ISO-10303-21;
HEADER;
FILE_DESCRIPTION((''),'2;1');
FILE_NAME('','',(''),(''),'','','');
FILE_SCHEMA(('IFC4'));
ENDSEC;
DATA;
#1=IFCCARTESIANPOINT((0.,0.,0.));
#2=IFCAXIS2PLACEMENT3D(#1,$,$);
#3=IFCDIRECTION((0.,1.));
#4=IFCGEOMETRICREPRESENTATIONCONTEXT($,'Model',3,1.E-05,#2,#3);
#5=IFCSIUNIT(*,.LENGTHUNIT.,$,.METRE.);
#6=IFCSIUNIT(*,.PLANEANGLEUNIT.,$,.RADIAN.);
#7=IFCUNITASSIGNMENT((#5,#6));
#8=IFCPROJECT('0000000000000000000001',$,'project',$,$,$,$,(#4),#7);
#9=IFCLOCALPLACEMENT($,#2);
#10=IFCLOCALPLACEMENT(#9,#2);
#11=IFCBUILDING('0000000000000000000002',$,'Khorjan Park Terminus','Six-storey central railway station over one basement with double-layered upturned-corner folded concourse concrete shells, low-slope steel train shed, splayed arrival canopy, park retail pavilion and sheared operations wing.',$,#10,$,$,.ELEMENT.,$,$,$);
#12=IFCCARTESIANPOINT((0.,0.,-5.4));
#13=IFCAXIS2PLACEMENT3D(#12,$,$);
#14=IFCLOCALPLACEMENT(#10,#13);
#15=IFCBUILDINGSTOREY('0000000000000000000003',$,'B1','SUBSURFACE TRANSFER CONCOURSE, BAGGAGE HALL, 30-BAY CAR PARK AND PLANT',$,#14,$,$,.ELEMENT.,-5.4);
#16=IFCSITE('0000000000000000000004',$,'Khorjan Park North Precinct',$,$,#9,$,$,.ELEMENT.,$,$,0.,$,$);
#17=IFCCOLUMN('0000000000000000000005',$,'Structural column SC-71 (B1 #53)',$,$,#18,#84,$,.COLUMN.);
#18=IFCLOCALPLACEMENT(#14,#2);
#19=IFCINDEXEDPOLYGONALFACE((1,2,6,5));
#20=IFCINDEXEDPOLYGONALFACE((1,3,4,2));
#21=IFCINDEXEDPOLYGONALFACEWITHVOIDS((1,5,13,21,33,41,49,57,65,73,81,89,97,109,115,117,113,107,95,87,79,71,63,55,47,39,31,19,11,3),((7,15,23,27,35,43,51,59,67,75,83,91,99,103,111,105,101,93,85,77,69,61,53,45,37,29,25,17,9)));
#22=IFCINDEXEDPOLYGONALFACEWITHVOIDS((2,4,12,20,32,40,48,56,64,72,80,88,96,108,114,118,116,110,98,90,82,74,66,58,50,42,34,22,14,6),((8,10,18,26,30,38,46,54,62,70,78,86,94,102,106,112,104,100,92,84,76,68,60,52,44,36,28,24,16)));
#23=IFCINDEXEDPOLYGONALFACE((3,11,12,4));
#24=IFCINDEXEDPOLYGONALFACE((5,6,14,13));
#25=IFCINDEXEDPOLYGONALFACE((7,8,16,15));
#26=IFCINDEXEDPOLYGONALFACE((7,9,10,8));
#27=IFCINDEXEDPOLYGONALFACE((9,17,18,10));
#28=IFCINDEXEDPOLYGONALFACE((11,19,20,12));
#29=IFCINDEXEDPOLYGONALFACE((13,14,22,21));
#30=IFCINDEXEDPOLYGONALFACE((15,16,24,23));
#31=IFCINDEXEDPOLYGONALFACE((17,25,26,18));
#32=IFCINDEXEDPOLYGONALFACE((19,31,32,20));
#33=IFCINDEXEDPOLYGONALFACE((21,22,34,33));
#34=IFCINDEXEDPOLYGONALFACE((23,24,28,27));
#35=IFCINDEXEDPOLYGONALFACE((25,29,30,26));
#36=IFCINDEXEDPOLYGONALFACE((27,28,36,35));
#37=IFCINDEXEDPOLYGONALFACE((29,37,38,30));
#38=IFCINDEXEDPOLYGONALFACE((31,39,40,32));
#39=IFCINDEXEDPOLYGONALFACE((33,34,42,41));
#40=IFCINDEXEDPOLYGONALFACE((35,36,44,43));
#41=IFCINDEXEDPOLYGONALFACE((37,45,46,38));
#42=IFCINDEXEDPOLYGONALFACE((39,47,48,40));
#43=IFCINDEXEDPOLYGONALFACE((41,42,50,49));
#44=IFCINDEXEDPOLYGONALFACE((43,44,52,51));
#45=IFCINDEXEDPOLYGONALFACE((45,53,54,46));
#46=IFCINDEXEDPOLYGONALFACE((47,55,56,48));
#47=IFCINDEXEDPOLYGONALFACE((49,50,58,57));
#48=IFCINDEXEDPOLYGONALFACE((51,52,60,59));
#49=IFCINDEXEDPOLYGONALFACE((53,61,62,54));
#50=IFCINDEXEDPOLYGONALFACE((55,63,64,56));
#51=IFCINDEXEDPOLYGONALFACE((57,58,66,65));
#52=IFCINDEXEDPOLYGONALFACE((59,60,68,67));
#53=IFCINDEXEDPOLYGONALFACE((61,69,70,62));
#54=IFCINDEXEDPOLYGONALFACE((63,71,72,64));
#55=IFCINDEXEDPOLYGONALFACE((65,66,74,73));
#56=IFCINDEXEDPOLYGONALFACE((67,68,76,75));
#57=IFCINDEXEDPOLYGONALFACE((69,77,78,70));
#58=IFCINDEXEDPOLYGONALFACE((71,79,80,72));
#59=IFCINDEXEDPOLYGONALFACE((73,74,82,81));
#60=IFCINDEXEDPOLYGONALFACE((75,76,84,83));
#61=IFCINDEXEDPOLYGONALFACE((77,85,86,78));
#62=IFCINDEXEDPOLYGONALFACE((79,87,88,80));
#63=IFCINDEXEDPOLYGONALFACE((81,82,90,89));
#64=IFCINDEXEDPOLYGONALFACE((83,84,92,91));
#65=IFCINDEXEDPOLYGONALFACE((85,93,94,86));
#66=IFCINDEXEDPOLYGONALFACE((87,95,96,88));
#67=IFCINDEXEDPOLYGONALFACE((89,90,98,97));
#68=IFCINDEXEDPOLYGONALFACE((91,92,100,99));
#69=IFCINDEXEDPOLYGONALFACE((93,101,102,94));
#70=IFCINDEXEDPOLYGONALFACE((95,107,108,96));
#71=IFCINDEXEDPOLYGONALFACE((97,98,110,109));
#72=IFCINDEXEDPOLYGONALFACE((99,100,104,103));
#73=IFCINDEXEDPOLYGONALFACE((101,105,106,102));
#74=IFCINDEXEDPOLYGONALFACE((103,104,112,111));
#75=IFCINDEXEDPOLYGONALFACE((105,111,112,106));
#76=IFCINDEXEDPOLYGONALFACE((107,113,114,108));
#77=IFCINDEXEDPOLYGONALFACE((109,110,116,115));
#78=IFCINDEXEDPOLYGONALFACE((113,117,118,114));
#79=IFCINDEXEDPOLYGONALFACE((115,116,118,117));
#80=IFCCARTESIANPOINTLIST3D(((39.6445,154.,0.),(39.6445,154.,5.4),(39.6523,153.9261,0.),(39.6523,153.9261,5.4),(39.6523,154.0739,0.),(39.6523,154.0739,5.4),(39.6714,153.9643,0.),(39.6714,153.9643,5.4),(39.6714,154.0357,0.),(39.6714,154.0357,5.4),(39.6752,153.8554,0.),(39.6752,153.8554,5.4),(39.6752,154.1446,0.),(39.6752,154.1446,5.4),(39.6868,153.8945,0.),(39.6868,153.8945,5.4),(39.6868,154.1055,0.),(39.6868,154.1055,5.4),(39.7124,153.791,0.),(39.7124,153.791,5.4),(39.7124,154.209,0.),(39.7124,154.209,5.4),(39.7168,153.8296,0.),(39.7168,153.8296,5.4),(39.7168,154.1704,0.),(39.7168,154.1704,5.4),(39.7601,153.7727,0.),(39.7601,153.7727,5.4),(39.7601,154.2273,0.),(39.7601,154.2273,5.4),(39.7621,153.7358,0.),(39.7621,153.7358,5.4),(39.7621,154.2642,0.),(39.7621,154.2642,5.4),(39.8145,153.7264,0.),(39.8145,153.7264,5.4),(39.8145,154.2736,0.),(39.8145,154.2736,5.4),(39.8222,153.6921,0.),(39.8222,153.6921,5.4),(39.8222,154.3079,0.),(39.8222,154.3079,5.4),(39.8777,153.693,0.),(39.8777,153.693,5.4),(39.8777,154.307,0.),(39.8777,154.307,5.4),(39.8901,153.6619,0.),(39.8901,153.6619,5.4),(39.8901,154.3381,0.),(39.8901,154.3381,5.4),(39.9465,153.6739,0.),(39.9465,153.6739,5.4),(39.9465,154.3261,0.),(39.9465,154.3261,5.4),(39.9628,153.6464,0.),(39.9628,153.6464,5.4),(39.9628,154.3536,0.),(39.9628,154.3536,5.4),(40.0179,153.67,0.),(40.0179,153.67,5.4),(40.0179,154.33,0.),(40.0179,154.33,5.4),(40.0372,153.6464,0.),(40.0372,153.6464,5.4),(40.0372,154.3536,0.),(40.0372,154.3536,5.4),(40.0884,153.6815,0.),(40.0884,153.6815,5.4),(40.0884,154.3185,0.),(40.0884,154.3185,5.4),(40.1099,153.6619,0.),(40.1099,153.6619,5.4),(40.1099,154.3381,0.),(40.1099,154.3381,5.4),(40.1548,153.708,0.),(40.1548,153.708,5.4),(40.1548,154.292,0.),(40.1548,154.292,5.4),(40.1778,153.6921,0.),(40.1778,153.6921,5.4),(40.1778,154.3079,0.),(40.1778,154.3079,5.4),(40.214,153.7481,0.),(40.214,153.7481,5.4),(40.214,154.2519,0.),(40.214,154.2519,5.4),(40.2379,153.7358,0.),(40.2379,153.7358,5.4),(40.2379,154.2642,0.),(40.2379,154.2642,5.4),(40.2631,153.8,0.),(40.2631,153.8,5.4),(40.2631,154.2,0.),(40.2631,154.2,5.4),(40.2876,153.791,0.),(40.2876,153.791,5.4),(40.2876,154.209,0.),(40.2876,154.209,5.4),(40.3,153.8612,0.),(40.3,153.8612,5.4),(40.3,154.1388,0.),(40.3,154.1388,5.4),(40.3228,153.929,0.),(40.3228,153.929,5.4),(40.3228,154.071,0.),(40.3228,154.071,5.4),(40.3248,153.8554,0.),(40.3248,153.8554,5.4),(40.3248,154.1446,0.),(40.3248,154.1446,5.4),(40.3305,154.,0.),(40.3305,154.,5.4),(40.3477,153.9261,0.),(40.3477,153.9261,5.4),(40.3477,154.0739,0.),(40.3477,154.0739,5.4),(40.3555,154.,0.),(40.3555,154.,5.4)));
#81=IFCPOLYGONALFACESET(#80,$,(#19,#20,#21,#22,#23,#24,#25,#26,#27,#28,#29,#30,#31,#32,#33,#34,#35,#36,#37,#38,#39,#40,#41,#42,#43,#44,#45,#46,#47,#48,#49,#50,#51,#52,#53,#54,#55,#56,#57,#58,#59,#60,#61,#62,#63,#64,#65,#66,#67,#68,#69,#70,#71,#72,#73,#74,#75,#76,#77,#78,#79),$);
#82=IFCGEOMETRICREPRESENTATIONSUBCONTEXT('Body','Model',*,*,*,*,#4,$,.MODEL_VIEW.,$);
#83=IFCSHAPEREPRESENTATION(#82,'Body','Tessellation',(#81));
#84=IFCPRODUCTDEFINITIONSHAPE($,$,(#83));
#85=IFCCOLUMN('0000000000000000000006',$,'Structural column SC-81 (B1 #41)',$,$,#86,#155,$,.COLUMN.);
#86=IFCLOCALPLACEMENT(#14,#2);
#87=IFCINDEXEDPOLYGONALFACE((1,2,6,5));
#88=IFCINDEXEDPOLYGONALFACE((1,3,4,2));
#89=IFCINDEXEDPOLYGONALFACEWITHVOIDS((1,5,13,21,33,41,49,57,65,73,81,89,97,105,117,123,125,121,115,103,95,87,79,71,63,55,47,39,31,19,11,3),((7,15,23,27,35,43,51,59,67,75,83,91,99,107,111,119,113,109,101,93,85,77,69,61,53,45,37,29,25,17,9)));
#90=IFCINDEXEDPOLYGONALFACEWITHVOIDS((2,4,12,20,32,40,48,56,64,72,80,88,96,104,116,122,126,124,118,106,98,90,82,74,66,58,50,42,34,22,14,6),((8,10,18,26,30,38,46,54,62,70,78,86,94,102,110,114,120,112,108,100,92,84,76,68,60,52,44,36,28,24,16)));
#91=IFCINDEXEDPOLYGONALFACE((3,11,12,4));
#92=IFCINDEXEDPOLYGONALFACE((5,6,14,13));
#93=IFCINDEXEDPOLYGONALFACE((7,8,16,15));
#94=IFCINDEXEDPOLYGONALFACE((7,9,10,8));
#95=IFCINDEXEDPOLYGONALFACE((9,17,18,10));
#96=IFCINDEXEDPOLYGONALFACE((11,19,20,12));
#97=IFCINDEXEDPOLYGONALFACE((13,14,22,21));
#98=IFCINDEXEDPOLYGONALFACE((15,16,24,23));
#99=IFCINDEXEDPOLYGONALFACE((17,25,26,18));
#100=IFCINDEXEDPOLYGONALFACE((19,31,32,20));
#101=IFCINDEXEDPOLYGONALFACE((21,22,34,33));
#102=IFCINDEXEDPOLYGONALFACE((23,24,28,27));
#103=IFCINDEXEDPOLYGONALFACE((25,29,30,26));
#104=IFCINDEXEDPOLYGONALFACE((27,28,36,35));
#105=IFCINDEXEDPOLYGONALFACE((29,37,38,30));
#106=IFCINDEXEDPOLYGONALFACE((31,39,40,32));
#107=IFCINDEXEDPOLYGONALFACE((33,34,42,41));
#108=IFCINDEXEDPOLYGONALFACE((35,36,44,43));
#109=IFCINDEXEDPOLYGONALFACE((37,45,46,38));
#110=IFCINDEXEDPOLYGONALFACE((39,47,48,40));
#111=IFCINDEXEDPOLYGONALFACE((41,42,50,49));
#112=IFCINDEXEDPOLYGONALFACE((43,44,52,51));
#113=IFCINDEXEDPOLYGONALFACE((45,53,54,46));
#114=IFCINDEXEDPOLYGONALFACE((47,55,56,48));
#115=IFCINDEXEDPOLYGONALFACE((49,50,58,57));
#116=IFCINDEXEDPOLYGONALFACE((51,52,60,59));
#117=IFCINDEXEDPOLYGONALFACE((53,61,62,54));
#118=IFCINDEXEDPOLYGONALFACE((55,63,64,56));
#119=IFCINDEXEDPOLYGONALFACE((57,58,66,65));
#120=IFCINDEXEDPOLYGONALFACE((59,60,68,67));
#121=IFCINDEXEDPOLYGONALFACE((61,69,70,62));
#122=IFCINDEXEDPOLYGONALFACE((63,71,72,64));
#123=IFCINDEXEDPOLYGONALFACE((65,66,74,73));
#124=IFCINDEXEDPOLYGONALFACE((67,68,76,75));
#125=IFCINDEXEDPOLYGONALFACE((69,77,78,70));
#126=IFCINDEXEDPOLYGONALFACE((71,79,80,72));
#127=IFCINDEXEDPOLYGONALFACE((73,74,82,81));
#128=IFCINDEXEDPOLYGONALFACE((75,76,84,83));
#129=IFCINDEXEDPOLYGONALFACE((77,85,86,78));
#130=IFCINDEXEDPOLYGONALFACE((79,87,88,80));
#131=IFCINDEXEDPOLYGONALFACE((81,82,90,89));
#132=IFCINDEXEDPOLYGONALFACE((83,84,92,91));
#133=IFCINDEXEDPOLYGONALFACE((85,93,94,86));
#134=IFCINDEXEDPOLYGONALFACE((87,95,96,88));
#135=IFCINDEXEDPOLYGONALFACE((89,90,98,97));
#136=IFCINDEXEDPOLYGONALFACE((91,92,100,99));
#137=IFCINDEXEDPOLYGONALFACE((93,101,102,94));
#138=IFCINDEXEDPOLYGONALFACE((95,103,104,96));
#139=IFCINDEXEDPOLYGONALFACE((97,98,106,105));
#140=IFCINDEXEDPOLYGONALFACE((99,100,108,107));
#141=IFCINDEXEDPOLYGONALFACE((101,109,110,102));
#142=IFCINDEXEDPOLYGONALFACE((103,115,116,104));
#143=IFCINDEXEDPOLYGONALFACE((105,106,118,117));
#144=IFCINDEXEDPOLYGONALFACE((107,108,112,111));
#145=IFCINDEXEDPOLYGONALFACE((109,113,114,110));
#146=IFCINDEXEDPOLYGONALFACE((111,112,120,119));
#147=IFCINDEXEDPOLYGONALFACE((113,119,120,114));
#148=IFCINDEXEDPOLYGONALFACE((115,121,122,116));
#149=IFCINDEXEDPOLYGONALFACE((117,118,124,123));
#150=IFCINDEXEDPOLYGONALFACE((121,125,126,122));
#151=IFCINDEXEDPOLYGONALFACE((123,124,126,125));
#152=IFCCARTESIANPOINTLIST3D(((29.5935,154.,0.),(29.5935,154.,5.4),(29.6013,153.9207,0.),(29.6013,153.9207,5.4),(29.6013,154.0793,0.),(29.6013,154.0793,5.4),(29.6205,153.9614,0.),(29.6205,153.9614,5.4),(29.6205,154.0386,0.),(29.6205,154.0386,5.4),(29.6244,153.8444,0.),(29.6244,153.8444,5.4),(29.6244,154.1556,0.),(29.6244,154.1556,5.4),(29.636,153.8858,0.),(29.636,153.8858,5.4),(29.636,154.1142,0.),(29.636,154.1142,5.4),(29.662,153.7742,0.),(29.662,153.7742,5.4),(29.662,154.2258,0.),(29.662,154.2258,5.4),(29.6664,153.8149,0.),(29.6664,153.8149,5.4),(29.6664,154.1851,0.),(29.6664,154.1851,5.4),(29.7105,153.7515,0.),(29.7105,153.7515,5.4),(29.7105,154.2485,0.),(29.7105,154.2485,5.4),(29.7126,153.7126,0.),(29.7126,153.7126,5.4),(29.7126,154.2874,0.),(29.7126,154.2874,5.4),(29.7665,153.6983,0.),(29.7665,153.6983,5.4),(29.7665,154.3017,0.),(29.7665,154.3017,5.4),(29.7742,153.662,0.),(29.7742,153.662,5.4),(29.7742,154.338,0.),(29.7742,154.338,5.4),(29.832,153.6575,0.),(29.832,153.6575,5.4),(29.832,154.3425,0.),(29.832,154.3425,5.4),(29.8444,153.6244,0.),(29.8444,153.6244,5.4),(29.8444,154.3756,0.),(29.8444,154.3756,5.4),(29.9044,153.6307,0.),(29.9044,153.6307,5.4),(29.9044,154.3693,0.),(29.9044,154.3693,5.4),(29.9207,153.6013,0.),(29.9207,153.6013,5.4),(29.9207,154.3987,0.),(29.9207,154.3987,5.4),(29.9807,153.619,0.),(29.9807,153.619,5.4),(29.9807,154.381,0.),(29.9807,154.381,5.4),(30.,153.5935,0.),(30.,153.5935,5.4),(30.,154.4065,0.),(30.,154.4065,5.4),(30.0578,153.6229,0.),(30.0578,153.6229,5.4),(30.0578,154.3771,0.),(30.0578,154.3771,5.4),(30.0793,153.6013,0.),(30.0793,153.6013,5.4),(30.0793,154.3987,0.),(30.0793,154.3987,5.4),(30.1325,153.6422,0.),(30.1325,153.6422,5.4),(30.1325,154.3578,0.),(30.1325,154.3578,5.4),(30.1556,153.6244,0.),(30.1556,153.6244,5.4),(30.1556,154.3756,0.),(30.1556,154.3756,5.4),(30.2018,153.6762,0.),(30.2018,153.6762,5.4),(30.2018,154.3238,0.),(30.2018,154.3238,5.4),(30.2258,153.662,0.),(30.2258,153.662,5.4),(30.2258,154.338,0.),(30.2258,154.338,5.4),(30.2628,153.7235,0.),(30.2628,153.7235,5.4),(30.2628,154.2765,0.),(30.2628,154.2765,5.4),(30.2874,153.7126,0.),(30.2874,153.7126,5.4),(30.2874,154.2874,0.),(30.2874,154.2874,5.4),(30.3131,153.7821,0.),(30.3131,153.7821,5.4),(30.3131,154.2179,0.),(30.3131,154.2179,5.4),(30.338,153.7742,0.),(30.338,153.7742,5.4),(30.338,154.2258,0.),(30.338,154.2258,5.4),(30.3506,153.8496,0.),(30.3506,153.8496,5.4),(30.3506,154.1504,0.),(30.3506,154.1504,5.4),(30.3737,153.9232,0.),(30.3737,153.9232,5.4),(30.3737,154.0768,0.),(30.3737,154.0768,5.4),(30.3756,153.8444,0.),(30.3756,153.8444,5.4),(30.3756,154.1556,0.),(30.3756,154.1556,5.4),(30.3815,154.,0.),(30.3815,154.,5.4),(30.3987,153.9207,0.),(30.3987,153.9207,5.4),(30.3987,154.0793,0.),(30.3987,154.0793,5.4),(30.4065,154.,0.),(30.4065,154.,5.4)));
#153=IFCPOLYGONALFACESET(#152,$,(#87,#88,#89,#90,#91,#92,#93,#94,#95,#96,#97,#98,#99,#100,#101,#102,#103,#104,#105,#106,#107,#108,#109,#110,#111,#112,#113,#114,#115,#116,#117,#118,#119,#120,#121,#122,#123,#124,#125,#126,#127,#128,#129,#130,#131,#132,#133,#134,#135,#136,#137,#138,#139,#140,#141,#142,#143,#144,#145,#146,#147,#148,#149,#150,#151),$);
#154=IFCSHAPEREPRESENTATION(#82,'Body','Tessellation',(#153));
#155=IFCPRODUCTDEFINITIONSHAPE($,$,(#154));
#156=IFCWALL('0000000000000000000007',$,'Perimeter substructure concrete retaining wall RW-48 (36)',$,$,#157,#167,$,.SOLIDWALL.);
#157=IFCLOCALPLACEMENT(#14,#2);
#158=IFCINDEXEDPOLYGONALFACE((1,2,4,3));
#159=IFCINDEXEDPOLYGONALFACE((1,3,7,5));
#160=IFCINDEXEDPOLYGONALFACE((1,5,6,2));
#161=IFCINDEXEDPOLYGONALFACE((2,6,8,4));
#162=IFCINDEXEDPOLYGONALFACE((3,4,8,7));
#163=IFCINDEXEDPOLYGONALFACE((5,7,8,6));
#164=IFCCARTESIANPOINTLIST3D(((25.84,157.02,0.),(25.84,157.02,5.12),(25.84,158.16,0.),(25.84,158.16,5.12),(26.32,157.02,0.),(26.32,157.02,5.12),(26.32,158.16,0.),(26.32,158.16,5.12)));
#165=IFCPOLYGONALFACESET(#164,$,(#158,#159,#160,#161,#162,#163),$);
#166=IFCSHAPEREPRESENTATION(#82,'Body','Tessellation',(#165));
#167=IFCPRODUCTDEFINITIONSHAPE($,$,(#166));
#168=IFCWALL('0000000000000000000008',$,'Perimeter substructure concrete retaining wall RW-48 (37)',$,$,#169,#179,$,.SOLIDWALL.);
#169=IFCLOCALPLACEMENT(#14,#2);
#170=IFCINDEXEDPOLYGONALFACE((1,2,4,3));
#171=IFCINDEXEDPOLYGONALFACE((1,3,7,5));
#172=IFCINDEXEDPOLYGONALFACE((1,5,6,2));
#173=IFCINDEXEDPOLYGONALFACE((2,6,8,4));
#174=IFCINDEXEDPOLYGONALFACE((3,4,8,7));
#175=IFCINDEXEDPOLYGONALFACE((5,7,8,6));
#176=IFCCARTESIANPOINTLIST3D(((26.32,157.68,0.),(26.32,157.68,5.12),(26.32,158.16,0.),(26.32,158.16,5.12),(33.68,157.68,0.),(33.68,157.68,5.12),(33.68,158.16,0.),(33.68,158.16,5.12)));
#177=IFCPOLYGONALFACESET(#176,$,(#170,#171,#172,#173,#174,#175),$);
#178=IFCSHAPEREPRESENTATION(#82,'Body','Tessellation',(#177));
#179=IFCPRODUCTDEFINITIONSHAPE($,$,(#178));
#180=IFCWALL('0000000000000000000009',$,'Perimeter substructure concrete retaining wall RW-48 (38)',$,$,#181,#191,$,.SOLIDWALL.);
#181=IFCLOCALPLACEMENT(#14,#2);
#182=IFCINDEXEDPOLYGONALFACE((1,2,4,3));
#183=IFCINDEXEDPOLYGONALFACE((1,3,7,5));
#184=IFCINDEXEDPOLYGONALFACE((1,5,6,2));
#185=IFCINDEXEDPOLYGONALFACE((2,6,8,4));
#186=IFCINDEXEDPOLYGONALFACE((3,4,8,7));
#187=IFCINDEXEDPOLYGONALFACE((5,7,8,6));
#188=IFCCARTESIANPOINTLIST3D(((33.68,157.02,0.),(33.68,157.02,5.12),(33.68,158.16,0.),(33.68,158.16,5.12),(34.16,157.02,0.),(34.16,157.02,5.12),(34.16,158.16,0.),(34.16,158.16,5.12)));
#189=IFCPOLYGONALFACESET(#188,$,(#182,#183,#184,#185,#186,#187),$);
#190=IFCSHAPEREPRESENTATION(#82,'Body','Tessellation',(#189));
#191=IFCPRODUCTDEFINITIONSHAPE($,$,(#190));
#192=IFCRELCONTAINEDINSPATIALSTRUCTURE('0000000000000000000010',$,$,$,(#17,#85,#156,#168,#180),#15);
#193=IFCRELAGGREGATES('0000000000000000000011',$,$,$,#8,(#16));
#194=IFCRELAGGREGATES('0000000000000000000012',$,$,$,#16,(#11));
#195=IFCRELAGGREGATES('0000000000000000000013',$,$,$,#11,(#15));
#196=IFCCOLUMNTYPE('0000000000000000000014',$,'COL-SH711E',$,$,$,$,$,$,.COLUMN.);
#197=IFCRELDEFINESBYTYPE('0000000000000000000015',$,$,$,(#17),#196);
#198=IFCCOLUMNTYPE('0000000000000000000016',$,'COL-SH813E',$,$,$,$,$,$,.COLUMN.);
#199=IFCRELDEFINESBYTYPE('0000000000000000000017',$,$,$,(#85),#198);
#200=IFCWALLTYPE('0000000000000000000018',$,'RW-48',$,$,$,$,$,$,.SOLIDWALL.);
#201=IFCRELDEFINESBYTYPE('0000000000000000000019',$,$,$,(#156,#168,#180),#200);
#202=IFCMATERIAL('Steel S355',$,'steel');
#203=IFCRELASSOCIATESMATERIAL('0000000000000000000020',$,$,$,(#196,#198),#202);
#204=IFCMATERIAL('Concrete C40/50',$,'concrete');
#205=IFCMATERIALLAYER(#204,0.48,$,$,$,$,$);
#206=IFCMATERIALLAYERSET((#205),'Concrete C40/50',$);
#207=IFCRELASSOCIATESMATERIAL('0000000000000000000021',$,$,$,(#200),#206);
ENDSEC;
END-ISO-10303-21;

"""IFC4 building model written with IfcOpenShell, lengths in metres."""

from ifc_helpers import new_model, si_unit, direction, frame, frame_2d, origin, origin_2d, place, context, subcontext, project, spatial, rectangle, hollow_circle, extrude, material, layer, layer_set, material_profile, profile_set, type_object, element, save


model = new_model("IFC4")

# Units and contexts
model_context = context("Model", 3, precision=1e-05, world=origin(), true_north=direction((0.0, 1.0)))
body_context = subcontext(model_context, "Body", "Model", "MODEL_VIEW")
ifc_project = project(units=[si_unit("LENGTHUNIT", "METRE"), si_unit("PLANEANGLEUNIT", "RADIAN")], contexts=[model_context])

# Site, building, storey
site_placement = place(None, origin())
site = spatial("IfcSite", under=ifc_project, at=site_placement, Name="Khorjan Park North Precinct", CompositionType="ELEMENT", RefElevation=0.0)
building_placement = place(site_placement, origin())
building = spatial("IfcBuilding", under=site, at=building_placement, Name="Khorjan Park Terminus", Description="Six-storey central railway station over one basement with double-layered upturned-corner folded concourse concrete shells, low-slope steel train shed, splayed arrival canopy, park retail pavilion and sheared operations wing.", CompositionType="ELEMENT")
storey_placement = place(building_placement, frame((0.0, 0.0, -5.4)))
storey = spatial("IfcBuildingStorey", under=building, at=storey_placement, Name="B1", Description="SUBSURFACE TRANSFER CONCOURSE, BAGGAGE HALL, 30-BAY CAR PARK AND PLANT", CompositionType="ELEMENT", Elevation=-5.4)

# Shared definitions
ifc_material_1 = material(Name="Concrete C40/50", Category="concrete")

# Columns
ifc_material_2 = material(Name="Steel S355", Category="steel")
ifc_material_profile_1 = material_profile(ifc_material_2, hollow_circle(Radius=0.3555, WallThickness=0.025, at=origin_2d()), Name="CHS 711x25")
ifc_profile_set_1 = profile_set([ifc_material_profile_1], Name="Steel S355")
column_type_1 = type_object("IfcColumnType", Name="COL-SH711E", PredefinedType="COLUMN", material=ifc_profile_set_1)
column_1_placement = place(storey_placement, frame((40.0, 154.0, 0.0), z_axis=(0.0, 0.0, 1.0), x_axis=(1.0, 0.0, 0.0)))
element("IfcColumn", 1, at=column_1_placement, inside=storey, type_object=column_type_1, Name="Structural column SC-71 (B1 #53)", PredefinedType="COLUMN", context=body_context, shape_type="SweptSolid", body=[
    extrude(hollow_circle(Radius=0.3555, WallThickness=0.025, at=origin_2d()), origin(), (0.0, 0.0, 1.0), 5.4),
])
ifc_material_profile_2 = material_profile(ifc_material_2, hollow_circle(Radius=0.4065, WallThickness=0.025, at=origin_2d()), Name="CHS 813x25")
ifc_profile_set_2 = profile_set([ifc_material_profile_2], Name="Steel S355")
column_type_2 = type_object("IfcColumnType", Name="COL-SH813E", PredefinedType="COLUMN", material=ifc_profile_set_2)
column_2_placement = place(storey_placement, frame((30.0, 154.0, 0.0), z_axis=(0.0, 0.0, 1.0), x_axis=(1.0, 0.0, 0.0)))
element("IfcColumn", 2, at=column_2_placement, inside=storey, type_object=column_type_2, Name="Structural column SC-81 (B1 #41)", PredefinedType="COLUMN", context=body_context, shape_type="SweptSolid", body=[
    extrude(hollow_circle(Radius=0.4065, WallThickness=0.025, at=origin_2d()), origin(), (0.0, 0.0, 1.0), 5.4),
])

# Walls
ifc_layer = layer(ifc_material_1, 0.48)
ifc_layer_set = layer_set([ifc_layer], Name="Concrete C40/50")
wall_type = type_object("IfcWallType", Name="RW-48", PredefinedType="SOLIDWALL", material=ifc_layer_set)
wall_1_placement = place(storey_placement, frame((26.08, 157.02, 0.0), z_axis=(0.0, 0.0, 1.0), x_axis=(0.0, 1.0, 0.0)))
element("IfcWall", 3, at=wall_1_placement, inside=storey, type_object=wall_type, Name="Perimeter substructure concrete retaining wall RW-48 (36)", PredefinedType="SOLIDWALL", context=body_context, shape_type="SweptSolid", body=[
    extrude(rectangle(XDim=1.14, YDim=0.48, at=frame_2d((0.57, 0.0))), origin(), (0.0, 0.0, 1.0), 5.12),
])
wall_2_placement = place(storey_placement, frame((26.32, 157.92, 0.0), z_axis=(0.0, 0.0, 1.0), x_axis=(1.0, 0.0, 0.0)))
element("IfcWall", 4, at=wall_2_placement, inside=storey, type_object=wall_type, Name="Perimeter substructure concrete retaining wall RW-48 (37)", PredefinedType="SOLIDWALL", context=body_context, shape_type="SweptSolid", body=[
    extrude(rectangle(XDim=7.36, YDim=0.48, at=frame_2d((3.68, 0.0))), origin(), (0.0, 0.0, 1.0), 5.12),
])
wall_3_placement = place(storey_placement, frame((33.92, 158.16, 0.0), z_axis=(0.0, 0.0, 1.0), x_axis=(0.0, -1.0, 0.0)))
element("IfcWall", 5, at=wall_3_placement, inside=storey, type_object=wall_type, Name="Perimeter substructure concrete retaining wall RW-48 (38)", PredefinedType="SOLIDWALL", context=body_context, shape_type="SweptSolid", body=[
    extrude(rectangle(XDim=1.14, YDim=0.48, at=frame_2d((0.57, 0.0))), origin(), (0.0, 0.0, 1.0), 5.12),
])

save(model, "model.ifc")
